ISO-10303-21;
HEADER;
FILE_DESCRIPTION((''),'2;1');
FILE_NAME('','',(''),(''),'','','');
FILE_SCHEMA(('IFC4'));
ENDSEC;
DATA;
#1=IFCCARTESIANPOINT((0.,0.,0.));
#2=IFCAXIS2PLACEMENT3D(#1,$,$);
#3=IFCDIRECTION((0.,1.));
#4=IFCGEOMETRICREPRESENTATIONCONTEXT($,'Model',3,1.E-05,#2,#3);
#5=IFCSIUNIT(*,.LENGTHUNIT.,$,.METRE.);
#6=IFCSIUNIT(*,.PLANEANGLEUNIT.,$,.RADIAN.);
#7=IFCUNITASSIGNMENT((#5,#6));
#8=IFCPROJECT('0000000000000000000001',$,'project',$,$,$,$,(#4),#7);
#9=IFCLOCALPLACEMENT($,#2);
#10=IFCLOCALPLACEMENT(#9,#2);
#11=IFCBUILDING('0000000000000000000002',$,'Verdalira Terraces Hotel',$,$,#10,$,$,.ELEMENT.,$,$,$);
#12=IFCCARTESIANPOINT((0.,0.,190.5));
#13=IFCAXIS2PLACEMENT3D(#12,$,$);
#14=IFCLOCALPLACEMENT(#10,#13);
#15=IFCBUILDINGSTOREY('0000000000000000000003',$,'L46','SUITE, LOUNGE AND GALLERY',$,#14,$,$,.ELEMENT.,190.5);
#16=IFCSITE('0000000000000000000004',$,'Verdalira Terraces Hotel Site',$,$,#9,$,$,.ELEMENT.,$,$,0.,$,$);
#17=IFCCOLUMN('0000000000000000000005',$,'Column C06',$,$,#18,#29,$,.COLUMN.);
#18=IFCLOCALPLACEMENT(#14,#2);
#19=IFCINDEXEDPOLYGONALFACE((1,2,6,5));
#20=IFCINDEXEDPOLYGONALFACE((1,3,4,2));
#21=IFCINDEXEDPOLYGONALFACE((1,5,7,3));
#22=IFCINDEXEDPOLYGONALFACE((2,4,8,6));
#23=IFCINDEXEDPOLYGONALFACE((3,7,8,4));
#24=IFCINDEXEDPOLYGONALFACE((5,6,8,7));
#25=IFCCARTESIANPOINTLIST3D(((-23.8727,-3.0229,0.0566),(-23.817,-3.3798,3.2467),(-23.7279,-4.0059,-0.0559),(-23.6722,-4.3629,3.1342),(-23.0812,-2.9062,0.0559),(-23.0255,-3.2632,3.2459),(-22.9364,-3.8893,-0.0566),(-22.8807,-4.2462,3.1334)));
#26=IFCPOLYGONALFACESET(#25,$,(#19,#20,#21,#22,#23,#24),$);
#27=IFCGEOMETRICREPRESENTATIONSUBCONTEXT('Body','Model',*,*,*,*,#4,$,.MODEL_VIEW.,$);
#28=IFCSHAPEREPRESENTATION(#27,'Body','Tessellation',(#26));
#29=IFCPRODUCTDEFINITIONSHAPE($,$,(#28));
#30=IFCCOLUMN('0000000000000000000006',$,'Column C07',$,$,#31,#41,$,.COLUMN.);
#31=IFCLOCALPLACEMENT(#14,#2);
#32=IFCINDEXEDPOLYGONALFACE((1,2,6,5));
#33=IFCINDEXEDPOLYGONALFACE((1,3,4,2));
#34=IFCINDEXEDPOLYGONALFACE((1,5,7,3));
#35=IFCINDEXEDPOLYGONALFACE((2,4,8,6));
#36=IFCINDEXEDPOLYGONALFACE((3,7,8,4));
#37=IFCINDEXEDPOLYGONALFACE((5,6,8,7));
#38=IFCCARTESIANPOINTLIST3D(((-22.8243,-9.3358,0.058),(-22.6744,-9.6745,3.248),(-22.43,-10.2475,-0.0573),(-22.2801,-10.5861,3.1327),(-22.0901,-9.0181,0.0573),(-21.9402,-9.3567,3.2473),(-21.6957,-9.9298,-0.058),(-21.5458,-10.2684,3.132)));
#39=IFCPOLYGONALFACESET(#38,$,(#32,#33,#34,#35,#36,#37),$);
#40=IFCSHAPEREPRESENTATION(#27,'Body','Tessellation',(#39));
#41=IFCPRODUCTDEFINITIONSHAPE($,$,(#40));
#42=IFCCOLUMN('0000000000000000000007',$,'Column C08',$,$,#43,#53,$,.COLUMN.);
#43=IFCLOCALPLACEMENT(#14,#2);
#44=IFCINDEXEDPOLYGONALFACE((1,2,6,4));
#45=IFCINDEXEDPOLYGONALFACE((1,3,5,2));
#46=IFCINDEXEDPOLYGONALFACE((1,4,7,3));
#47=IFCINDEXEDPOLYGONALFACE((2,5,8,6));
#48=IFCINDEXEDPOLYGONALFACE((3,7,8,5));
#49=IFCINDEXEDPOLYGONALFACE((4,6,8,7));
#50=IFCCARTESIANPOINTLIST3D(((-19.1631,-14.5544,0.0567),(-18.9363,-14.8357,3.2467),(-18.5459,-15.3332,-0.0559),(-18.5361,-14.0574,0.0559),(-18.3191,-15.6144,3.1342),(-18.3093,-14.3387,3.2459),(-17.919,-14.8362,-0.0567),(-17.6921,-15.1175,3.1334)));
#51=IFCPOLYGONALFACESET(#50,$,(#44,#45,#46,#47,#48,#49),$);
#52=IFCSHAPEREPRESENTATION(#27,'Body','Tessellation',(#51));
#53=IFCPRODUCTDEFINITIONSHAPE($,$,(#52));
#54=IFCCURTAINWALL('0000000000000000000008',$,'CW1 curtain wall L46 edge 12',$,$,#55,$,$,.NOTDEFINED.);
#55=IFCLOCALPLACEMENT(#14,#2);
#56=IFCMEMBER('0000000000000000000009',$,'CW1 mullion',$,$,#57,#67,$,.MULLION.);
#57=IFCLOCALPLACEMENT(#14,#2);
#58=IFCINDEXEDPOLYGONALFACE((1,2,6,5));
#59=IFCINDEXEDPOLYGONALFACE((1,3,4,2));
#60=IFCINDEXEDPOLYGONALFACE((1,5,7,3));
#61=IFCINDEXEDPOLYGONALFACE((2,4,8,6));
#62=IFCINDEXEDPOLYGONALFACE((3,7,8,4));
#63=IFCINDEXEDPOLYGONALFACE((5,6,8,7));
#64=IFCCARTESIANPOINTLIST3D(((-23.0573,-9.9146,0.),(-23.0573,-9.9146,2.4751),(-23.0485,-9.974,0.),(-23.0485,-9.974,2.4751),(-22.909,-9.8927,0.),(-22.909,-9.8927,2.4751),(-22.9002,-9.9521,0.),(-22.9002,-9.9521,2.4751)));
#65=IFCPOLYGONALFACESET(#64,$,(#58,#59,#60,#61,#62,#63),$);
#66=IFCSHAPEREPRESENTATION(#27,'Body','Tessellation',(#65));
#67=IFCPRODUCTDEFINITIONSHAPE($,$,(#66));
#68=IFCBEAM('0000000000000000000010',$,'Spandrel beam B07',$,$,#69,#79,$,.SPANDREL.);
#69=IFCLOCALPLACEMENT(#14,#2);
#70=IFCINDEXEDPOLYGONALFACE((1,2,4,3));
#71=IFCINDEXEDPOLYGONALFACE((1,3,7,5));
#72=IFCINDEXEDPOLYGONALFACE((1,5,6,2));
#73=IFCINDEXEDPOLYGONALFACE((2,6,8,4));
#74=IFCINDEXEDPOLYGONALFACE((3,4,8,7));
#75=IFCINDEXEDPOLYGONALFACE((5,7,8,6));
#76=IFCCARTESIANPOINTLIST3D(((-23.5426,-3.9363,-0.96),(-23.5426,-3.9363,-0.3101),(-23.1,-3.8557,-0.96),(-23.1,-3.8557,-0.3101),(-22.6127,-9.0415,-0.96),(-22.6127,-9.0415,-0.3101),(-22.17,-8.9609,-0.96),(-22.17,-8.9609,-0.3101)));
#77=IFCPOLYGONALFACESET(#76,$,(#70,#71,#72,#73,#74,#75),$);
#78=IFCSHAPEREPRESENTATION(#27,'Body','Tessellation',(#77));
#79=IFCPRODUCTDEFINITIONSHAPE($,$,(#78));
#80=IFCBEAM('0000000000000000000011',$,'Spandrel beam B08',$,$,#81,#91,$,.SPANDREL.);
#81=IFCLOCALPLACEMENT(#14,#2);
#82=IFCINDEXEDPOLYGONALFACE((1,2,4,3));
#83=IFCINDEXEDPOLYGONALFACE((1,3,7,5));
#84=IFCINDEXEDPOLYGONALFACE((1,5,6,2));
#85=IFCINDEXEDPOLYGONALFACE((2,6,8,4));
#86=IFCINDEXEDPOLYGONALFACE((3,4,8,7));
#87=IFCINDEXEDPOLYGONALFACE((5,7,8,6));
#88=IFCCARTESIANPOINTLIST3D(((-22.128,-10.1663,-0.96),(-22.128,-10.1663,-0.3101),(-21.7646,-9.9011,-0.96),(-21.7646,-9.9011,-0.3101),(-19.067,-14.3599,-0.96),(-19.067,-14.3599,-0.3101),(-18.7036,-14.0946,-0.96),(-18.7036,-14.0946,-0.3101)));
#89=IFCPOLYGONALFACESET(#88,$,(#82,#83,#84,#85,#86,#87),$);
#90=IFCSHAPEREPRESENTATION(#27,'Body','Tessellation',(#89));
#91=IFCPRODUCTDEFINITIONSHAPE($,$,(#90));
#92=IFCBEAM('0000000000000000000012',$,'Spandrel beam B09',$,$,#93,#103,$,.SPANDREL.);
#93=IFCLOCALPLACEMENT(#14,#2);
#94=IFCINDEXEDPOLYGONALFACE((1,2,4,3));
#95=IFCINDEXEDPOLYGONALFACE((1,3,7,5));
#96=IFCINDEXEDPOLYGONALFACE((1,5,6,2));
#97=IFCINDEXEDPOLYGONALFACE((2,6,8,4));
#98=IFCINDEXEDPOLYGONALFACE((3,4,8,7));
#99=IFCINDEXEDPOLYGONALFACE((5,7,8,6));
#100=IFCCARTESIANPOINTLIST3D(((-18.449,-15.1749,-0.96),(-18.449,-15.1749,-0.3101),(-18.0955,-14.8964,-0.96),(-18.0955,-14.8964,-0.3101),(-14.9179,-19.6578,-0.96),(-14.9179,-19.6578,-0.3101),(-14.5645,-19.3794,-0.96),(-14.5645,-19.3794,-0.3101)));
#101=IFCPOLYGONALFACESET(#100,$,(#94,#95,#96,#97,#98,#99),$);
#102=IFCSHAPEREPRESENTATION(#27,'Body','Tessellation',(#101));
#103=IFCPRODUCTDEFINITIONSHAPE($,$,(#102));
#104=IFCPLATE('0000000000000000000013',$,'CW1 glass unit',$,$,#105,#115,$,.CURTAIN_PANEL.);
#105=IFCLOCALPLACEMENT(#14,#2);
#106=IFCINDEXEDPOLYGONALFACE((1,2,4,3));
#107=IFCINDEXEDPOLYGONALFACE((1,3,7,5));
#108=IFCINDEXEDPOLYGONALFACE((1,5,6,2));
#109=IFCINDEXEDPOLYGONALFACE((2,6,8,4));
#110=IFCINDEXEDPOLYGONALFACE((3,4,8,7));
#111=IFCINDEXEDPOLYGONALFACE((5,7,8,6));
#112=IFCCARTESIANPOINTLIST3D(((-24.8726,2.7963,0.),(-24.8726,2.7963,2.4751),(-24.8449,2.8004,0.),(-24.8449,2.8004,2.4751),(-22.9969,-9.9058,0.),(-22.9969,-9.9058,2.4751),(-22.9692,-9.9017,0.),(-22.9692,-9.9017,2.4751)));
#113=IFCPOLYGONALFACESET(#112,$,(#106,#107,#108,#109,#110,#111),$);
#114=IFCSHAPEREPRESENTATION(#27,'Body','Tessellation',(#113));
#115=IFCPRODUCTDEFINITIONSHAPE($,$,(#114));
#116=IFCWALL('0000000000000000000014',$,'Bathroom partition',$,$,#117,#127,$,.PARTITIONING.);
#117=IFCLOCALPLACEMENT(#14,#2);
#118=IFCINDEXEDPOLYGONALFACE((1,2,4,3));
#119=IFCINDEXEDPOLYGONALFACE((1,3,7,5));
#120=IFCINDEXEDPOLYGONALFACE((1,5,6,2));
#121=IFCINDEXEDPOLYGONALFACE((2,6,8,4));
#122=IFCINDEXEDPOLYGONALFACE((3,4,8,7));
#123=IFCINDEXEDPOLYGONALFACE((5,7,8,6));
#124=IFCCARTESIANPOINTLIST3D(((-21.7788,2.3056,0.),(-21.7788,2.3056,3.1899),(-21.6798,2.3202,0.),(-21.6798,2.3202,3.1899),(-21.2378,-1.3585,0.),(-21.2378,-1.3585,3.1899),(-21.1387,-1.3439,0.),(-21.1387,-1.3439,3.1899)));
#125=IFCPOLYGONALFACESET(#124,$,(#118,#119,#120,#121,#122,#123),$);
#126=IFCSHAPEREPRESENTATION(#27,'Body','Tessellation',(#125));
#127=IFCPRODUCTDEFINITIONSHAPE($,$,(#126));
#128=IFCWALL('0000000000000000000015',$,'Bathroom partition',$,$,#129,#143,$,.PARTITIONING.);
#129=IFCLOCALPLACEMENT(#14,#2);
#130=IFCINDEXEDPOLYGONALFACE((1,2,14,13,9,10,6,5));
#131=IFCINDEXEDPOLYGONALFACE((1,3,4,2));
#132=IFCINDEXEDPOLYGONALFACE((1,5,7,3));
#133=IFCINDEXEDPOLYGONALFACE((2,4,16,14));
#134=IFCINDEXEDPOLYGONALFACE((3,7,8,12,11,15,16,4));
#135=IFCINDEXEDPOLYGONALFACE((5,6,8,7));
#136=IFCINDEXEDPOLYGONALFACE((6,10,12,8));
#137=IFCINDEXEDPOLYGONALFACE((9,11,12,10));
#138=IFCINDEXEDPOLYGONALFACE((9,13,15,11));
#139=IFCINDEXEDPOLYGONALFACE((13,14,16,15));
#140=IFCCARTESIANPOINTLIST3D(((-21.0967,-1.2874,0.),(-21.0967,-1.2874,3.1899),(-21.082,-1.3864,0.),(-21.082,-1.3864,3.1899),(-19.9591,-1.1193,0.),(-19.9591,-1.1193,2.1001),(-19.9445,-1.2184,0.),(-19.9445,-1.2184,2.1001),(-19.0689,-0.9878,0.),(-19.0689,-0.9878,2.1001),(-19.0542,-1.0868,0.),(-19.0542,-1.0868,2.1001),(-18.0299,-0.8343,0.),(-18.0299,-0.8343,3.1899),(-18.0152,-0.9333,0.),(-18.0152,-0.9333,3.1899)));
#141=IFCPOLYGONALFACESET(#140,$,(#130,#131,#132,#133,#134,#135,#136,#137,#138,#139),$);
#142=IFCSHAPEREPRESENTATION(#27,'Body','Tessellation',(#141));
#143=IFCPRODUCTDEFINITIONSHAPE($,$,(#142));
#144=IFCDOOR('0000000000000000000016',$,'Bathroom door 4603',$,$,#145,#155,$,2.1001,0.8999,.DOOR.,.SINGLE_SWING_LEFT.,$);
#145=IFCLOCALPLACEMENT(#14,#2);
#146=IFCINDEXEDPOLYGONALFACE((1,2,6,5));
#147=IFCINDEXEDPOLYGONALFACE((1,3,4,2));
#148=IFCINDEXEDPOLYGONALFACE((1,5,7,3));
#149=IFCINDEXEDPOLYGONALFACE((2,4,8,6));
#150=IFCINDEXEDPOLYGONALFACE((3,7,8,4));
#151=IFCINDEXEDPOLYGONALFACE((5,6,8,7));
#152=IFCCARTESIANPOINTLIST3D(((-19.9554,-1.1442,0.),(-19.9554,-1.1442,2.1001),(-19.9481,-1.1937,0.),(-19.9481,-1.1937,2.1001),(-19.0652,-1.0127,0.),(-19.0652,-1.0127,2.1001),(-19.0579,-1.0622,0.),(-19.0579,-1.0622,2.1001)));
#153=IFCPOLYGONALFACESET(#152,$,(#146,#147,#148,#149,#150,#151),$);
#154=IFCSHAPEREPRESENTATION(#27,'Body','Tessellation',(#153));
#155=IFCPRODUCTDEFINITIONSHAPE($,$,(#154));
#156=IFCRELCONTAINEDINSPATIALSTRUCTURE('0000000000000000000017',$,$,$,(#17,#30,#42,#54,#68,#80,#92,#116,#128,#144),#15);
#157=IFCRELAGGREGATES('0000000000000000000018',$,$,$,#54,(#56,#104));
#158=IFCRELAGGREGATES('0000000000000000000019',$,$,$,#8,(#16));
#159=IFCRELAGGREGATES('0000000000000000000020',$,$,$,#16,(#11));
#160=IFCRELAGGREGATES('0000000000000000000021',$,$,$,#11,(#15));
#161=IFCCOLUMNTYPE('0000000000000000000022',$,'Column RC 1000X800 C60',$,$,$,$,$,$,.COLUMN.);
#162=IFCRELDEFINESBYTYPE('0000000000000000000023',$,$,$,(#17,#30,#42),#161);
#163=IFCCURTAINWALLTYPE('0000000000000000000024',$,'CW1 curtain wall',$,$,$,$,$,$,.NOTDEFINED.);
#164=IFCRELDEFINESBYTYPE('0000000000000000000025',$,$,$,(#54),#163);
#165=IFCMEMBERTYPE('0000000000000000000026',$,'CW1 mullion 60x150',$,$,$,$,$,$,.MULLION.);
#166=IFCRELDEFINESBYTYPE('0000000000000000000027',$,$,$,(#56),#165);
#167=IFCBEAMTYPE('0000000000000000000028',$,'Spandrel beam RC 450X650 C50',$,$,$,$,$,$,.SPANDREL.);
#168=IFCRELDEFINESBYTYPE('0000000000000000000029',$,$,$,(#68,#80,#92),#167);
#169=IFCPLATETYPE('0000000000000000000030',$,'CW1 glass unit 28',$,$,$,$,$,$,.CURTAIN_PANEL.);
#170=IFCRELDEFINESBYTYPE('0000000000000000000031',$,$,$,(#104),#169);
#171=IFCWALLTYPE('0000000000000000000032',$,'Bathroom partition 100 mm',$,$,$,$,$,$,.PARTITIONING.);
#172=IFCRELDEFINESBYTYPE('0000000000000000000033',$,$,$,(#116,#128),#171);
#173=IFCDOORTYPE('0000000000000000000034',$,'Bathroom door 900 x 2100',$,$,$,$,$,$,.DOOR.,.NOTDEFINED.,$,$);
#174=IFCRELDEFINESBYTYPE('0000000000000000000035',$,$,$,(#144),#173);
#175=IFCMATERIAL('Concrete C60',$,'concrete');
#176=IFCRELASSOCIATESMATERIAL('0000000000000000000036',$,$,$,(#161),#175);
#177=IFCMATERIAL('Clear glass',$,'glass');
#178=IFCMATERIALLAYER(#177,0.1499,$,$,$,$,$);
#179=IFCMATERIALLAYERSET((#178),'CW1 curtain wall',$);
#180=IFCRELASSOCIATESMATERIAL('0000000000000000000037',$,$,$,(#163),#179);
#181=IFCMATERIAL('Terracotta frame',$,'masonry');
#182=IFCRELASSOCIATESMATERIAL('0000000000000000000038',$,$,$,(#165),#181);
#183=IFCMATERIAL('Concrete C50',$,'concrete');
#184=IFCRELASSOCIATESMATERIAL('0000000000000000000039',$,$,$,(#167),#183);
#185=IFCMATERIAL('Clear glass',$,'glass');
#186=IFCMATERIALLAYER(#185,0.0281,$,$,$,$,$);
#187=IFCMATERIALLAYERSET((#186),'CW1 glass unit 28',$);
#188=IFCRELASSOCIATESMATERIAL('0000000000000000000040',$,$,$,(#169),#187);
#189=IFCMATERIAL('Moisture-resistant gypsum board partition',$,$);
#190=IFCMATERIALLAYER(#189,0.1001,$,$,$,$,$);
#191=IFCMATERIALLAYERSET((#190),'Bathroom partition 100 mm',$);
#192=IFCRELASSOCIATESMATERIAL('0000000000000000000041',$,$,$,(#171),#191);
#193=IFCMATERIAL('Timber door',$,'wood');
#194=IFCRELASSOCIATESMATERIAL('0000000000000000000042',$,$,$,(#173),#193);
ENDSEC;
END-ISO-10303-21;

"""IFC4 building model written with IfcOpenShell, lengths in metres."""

from ifc_helpers import new_model, si_unit, direction, frame, frame_2d, origin, origin_2d, place, context, subcontext, project, spatial, rectangle, extrude, material, layer, layer_set, material_profile, profile_set, type_object, element, fill, aggregate, save


model = new_model("IFC4")

# Units and contexts
model_context = context("Model", 3, precision=1e-05, world=origin(), true_north=direction((0.0, 1.0)))
body_context = subcontext(model_context, "Body", "Model", "MODEL_VIEW")
ifc_project = project(units=[si_unit("LENGTHUNIT", "METRE"), si_unit("PLANEANGLEUNIT", "RADIAN")], contexts=[model_context])

# Site, building, storey
site_placement = place(None, origin())
site = spatial("IfcSite", under=ifc_project, at=site_placement, Name="Verdalira Terraces Hotel Site", CompositionType="ELEMENT", RefElevation=0.0)
building_placement = place(site_placement, origin())
building = spatial("IfcBuilding", under=site, at=building_placement, Name="Verdalira Terraces Hotel", CompositionType="ELEMENT")
storey_placement = place(building_placement, frame((0.0, 0.0, 190.5)))
storey = spatial("IfcBuildingStorey", under=building, at=storey_placement, Name="L46", Description="SUITE, LOUNGE AND GALLERY", CompositionType="ELEMENT", Elevation=190.5)

# Columns
ifc_material_1 = material(Name="Concrete C60", Category="concrete")
ifc_material_profile_1 = material_profile(ifc_material_1, rectangle(XDim=1.0, YDim=0.8, at=origin_2d()), Name="RC 1000X800")
ifc_profile_set_1 = profile_set([ifc_material_profile_1], Name="Concrete C60")
column_type = type_object("IfcColumnType", Name="Column RC 1000X800 C60", PredefinedType="COLUMN", material=ifc_profile_set_1)
column_1_placement = place(storey_placement, frame((-23.4045, -3.4561, 0.0), z_axis=(0.017339, -0.111183, 0.993649), x_axis=(0.144773, -0.983046, -0.112523)))
element("IfcColumn", 1, at=column_1_placement, inside=storey, type_object=column_type, Name="Column C06", PredefinedType="COLUMN", context=body_context, shape_type="SweptSolid", body=[
    extrude(rectangle(XDim=1.0, YDim=0.8, at=origin_2d()), origin(), (0.0, 0.0, 1.0), 3.2104),
])
column_2_placement = place(storey_placement, frame((-22.26, -9.6328, 0.0), z_axis=(0.046679, -0.105445, 0.993329), x_axis=(-0.394366, 0.91169, 0.115311)))
element("IfcColumn", 2, at=column_2_placement, inside=storey, type_object=column_type, Name="Column C07", PredefinedType="COLUMN", context=body_context, shape_type="SweptSolid", body=[
    extrude(rectangle(XDim=1.0, YDim=0.8, at=origin_2d()), origin(), (0.0, 0.0, 1.0), 3.2114),
])
column_3_placement = place(storey_placement, frame((-18.541, -14.6953, 0.0), z_axis=(0.070649, -0.087608, 0.993647), x_axis=(0.617165, -0.778743, -0.112541)))
element("IfcColumn", 3, at=column_3_placement, inside=storey, type_object=column_type, Name="Column C08", PredefinedType="COLUMN", context=body_context, shape_type="SweptSolid", body=[
    extrude(rectangle(XDim=1.0, YDim=0.8, at=origin_2d()), origin(), (0.0, 0.0, 1.0), 3.2104),
])

# Curtain wall, member
ifc_material_2 = material(Name="Clear glass", Category="glass")
ifc_layer_1 = layer(ifc_material_2, 0.1499)
ifc_layer_set_1 = layer_set([ifc_layer_1], Name="CW1 curtain wall")
curtain_wall_type = type_object("IfcCurtainWallType", Name="CW1 curtain wall", PredefinedType="NOTDEFINED", material=ifc_layer_set_1)
curtain_wall_placement = place(storey_placement, origin())
curtain_wall = element("IfcCurtainWall", 4, at=curtain_wall_placement, inside=storey, type_object=curtain_wall_type, Name="CW1 curtain wall L46 edge 12", PredefinedType="NOTDEFINED")
ifc_material_3 = material(Name="Terracotta frame", Category="masonry")
ifc_material_profile_2 = material_profile(ifc_material_3, rectangle(XDim=0.0601, YDim=0.1499, at=origin_2d()), Name="MU 60x150")
ifc_profile_set_2 = profile_set([ifc_material_profile_2], Name="Terracotta frame")
member_type = type_object("IfcMemberType", Name="CW1 mullion 60x150", PredefinedType="MULLION", material=ifc_profile_set_2)
member_placement = place(storey_placement, frame((-22.9788, -9.9334, 0.0), z_axis=(0.0, 0.0, 1.0), x_axis=(0.146083, -0.989272, 0.0)))
member = element("IfcMember", 5, at=member_placement, type_object=member_type, Name="CW1 mullion", PredefinedType="MULLION", context=body_context, shape_type="SweptSolid", body=[
    extrude(rectangle(XDim=0.0601, YDim=0.1499, at=origin_2d()), origin(), (0.0, 0.0, 1.0), 2.4751),
])

# Beams
ifc_material_4 = material(Name="Concrete C50", Category="concrete")
ifc_material_profile_3 = material_profile(ifc_material_4, rectangle(XDim=0.45, YDim=0.6499, at=origin_2d()), Name="RC 450X650")
ifc_profile_set_3 = profile_set([ifc_material_profile_3], Name="Concrete C50")
beam_type = type_object("IfcBeamType", Name="Spandrel beam RC 450X650 C50", PredefinedType="SPANDREL", material=ifc_profile_set_3)
beam_1_placement = place(storey_placement, frame((-23.3213, -3.896, -0.635), z_axis=(0.179204, -0.983812, 0.0), x_axis=(0.983812, 0.179204, 0.0)))
element("IfcBeam", 6, at=beam_1_placement, inside=storey, type_object=beam_type, Name="Spandrel beam B07", PredefinedType="SPANDREL", context=body_context, shape_type="SweptSolid", body=[
    extrude(rectangle(XDim=0.45, YDim=0.6499, at=origin_2d()), origin(), (0.0, 0.0, 1.0), 5.1892),
])
beam_2_placement = place(storey_placement, frame((-21.9463, -10.0337, -0.635), z_axis=(0.589574, -0.807714, 0.0), x_axis=(0.807714, 0.589574, 0.0)))
element("IfcBeam", 7, at=beam_2_placement, inside=storey, type_object=beam_type, Name="Spandrel beam B08", PredefinedType="SPANDREL", context=body_context, shape_type="SweptSolid", body=[
    extrude(rectangle(XDim=0.45, YDim=0.6499, at=origin_2d()), origin(), (0.0, 0.0, 1.0), 5.1919),
])
beam_3_placement = place(storey_placement, frame((-18.2722, -15.0356, -0.635), z_axis=(0.618766, -0.785575, 0.0), x_axis=(0.785575, 0.618766, 0.0)))
element("IfcBeam", 8, at=beam_3_placement, inside=storey, type_object=beam_type, Name="Spandrel beam B09", PredefinedType="SPANDREL", context=body_context, shape_type="SweptSolid", body=[
    extrude(rectangle(XDim=0.45, YDim=0.6499, at=origin_2d()), origin(), (0.0, 0.0, 1.0), 5.7065),
])

# Plate
ifc_material_5 = material(Name="Clear glass", Category="glass")
ifc_layer_2 = layer(ifc_material_5, 0.0281)
ifc_layer_set_2 = layer_set([ifc_layer_2], Name="CW1 glass unit 28")
plate_type = type_object("IfcPlateType", Name="CW1 glass unit 28", PredefinedType="CURTAIN_PANEL", material=ifc_layer_set_2)
plate_placement = place(storey_placement, frame((-23.9209, -3.5527, 0.0), z_axis=(0.0, 0.0, 1.0), x_axis=(0.146083, -0.989272, 0.0)))
plate = element("IfcPlate", 9, at=plate_placement, type_object=plate_type, Name="CW1 glass unit", PredefinedType="CURTAIN_PANEL", context=body_context, shape_type="SweptSolid", body=[
    extrude(rectangle(XDim=12.8398, YDim=0.0281, at=origin_2d()), origin(), (0.0, 0.0, 1.0), 2.4751),
])
aggregate(curtain_wall, [member, plate])

# Wall
ifc_material_6 = material(Name="Moisture-resistant gypsum board partition")
ifc_layer_3 = layer(ifc_material_6, 0.1001)
ifc_layer_set_3 = layer_set([ifc_layer_3], Name="Bathroom partition 100 mm")
wall_type_1 = type_object("IfcWallType", Name="Bathroom partition 100 mm", PredefinedType="PARTITIONING", material=ifc_layer_set_3)
wall_1_placement = place(storey_placement, frame((-21.1882, -1.3513, 0.0), z_axis=(0.0, 0.0, 1.0), x_axis=(-0.146071, 0.989274, 0.0)))
element("IfcWall", 10, at=wall_1_placement, inside=storey, type_object=wall_type_1, Name="Bathroom partition", PredefinedType="PARTITIONING", context=body_context, shape_type="SweptSolid", body=[
    extrude(rectangle(XDim=3.7039, YDim=0.1001, at=frame_2d((1.8521, 0.0))), origin(), (0.0, 0.0, 1.0), 3.1899),
])

# Wall, opening, door
wall_2_placement = place(storey_placement, frame((-21.0894, -1.3369, 0.0), z_axis=(0.0, 0.0, 1.0), x_axis=(0.989261, 0.146161, 0.0)))
wall_2 = element("IfcWall", 11, at=wall_2_placement, inside=storey, type_object=wall_type_1, Name="Bathroom partition", PredefinedType="PARTITIONING", context=body_context, shape_type="SweptSolid", body=[
    extrude(rectangle(XDim=3.1001, YDim=0.1001, at=frame_2d((1.55, 0.0))), origin(), (0.0, 0.0, 1.0), 3.1899),
])
opening_1_placement = place(wall_2_placement, frame((1.1499, 0.0, 0.0)))
opening_1 = element("IfcOpeningElement", 12, at=opening_1_placement, cuts=wall_2, PredefinedType="OPENING", context=body_context, shape_type="SweptSolid", body=[
    extrude(rectangle(XDim=0.8999, YDim=2.1001, at=frame_2d((0.45, 1.05))), frame((0.0, 0.0601, 0.0), z_axis=(0.0, -1.0, 0.0), x_axis=(1.0, 0.0, 0.0)), (0.0, 0.0, 1.0), 0.1201),
])
ifc_material_7 = material(Name="Timber door", Category="wood")
door_type_1 = type_object("IfcDoorType", Name="Bathroom door 900 x 2100", OperationType="NOTDEFINED", PredefinedType="DOOR", material=ifc_material_7)
door_1_placement = place(opening_1_placement, origin())
door_1 = element("IfcDoor", 13, at=door_1_placement, inside=storey, type_object=door_type_1, Name="Bathroom door 4603", OperationType="SINGLE_SWING_LEFT", OverallHeight=2.1001, OverallWidth=0.8999, PredefinedType="DOOR", context=body_context, shape_type="SweptSolid", body=[
    extrude(rectangle(XDim=0.8999, YDim=2.1001, at=frame_2d((0.45, 1.05))), frame((0.0, 0.0249, 0.0), z_axis=(0.0, -1.0, 0.0), x_axis=(1.0, 0.0, 0.0)), (0.0, 0.0, 1.0), 0.05),
])
fill(opening_1, door_1)

save(model, "model.ifc")
